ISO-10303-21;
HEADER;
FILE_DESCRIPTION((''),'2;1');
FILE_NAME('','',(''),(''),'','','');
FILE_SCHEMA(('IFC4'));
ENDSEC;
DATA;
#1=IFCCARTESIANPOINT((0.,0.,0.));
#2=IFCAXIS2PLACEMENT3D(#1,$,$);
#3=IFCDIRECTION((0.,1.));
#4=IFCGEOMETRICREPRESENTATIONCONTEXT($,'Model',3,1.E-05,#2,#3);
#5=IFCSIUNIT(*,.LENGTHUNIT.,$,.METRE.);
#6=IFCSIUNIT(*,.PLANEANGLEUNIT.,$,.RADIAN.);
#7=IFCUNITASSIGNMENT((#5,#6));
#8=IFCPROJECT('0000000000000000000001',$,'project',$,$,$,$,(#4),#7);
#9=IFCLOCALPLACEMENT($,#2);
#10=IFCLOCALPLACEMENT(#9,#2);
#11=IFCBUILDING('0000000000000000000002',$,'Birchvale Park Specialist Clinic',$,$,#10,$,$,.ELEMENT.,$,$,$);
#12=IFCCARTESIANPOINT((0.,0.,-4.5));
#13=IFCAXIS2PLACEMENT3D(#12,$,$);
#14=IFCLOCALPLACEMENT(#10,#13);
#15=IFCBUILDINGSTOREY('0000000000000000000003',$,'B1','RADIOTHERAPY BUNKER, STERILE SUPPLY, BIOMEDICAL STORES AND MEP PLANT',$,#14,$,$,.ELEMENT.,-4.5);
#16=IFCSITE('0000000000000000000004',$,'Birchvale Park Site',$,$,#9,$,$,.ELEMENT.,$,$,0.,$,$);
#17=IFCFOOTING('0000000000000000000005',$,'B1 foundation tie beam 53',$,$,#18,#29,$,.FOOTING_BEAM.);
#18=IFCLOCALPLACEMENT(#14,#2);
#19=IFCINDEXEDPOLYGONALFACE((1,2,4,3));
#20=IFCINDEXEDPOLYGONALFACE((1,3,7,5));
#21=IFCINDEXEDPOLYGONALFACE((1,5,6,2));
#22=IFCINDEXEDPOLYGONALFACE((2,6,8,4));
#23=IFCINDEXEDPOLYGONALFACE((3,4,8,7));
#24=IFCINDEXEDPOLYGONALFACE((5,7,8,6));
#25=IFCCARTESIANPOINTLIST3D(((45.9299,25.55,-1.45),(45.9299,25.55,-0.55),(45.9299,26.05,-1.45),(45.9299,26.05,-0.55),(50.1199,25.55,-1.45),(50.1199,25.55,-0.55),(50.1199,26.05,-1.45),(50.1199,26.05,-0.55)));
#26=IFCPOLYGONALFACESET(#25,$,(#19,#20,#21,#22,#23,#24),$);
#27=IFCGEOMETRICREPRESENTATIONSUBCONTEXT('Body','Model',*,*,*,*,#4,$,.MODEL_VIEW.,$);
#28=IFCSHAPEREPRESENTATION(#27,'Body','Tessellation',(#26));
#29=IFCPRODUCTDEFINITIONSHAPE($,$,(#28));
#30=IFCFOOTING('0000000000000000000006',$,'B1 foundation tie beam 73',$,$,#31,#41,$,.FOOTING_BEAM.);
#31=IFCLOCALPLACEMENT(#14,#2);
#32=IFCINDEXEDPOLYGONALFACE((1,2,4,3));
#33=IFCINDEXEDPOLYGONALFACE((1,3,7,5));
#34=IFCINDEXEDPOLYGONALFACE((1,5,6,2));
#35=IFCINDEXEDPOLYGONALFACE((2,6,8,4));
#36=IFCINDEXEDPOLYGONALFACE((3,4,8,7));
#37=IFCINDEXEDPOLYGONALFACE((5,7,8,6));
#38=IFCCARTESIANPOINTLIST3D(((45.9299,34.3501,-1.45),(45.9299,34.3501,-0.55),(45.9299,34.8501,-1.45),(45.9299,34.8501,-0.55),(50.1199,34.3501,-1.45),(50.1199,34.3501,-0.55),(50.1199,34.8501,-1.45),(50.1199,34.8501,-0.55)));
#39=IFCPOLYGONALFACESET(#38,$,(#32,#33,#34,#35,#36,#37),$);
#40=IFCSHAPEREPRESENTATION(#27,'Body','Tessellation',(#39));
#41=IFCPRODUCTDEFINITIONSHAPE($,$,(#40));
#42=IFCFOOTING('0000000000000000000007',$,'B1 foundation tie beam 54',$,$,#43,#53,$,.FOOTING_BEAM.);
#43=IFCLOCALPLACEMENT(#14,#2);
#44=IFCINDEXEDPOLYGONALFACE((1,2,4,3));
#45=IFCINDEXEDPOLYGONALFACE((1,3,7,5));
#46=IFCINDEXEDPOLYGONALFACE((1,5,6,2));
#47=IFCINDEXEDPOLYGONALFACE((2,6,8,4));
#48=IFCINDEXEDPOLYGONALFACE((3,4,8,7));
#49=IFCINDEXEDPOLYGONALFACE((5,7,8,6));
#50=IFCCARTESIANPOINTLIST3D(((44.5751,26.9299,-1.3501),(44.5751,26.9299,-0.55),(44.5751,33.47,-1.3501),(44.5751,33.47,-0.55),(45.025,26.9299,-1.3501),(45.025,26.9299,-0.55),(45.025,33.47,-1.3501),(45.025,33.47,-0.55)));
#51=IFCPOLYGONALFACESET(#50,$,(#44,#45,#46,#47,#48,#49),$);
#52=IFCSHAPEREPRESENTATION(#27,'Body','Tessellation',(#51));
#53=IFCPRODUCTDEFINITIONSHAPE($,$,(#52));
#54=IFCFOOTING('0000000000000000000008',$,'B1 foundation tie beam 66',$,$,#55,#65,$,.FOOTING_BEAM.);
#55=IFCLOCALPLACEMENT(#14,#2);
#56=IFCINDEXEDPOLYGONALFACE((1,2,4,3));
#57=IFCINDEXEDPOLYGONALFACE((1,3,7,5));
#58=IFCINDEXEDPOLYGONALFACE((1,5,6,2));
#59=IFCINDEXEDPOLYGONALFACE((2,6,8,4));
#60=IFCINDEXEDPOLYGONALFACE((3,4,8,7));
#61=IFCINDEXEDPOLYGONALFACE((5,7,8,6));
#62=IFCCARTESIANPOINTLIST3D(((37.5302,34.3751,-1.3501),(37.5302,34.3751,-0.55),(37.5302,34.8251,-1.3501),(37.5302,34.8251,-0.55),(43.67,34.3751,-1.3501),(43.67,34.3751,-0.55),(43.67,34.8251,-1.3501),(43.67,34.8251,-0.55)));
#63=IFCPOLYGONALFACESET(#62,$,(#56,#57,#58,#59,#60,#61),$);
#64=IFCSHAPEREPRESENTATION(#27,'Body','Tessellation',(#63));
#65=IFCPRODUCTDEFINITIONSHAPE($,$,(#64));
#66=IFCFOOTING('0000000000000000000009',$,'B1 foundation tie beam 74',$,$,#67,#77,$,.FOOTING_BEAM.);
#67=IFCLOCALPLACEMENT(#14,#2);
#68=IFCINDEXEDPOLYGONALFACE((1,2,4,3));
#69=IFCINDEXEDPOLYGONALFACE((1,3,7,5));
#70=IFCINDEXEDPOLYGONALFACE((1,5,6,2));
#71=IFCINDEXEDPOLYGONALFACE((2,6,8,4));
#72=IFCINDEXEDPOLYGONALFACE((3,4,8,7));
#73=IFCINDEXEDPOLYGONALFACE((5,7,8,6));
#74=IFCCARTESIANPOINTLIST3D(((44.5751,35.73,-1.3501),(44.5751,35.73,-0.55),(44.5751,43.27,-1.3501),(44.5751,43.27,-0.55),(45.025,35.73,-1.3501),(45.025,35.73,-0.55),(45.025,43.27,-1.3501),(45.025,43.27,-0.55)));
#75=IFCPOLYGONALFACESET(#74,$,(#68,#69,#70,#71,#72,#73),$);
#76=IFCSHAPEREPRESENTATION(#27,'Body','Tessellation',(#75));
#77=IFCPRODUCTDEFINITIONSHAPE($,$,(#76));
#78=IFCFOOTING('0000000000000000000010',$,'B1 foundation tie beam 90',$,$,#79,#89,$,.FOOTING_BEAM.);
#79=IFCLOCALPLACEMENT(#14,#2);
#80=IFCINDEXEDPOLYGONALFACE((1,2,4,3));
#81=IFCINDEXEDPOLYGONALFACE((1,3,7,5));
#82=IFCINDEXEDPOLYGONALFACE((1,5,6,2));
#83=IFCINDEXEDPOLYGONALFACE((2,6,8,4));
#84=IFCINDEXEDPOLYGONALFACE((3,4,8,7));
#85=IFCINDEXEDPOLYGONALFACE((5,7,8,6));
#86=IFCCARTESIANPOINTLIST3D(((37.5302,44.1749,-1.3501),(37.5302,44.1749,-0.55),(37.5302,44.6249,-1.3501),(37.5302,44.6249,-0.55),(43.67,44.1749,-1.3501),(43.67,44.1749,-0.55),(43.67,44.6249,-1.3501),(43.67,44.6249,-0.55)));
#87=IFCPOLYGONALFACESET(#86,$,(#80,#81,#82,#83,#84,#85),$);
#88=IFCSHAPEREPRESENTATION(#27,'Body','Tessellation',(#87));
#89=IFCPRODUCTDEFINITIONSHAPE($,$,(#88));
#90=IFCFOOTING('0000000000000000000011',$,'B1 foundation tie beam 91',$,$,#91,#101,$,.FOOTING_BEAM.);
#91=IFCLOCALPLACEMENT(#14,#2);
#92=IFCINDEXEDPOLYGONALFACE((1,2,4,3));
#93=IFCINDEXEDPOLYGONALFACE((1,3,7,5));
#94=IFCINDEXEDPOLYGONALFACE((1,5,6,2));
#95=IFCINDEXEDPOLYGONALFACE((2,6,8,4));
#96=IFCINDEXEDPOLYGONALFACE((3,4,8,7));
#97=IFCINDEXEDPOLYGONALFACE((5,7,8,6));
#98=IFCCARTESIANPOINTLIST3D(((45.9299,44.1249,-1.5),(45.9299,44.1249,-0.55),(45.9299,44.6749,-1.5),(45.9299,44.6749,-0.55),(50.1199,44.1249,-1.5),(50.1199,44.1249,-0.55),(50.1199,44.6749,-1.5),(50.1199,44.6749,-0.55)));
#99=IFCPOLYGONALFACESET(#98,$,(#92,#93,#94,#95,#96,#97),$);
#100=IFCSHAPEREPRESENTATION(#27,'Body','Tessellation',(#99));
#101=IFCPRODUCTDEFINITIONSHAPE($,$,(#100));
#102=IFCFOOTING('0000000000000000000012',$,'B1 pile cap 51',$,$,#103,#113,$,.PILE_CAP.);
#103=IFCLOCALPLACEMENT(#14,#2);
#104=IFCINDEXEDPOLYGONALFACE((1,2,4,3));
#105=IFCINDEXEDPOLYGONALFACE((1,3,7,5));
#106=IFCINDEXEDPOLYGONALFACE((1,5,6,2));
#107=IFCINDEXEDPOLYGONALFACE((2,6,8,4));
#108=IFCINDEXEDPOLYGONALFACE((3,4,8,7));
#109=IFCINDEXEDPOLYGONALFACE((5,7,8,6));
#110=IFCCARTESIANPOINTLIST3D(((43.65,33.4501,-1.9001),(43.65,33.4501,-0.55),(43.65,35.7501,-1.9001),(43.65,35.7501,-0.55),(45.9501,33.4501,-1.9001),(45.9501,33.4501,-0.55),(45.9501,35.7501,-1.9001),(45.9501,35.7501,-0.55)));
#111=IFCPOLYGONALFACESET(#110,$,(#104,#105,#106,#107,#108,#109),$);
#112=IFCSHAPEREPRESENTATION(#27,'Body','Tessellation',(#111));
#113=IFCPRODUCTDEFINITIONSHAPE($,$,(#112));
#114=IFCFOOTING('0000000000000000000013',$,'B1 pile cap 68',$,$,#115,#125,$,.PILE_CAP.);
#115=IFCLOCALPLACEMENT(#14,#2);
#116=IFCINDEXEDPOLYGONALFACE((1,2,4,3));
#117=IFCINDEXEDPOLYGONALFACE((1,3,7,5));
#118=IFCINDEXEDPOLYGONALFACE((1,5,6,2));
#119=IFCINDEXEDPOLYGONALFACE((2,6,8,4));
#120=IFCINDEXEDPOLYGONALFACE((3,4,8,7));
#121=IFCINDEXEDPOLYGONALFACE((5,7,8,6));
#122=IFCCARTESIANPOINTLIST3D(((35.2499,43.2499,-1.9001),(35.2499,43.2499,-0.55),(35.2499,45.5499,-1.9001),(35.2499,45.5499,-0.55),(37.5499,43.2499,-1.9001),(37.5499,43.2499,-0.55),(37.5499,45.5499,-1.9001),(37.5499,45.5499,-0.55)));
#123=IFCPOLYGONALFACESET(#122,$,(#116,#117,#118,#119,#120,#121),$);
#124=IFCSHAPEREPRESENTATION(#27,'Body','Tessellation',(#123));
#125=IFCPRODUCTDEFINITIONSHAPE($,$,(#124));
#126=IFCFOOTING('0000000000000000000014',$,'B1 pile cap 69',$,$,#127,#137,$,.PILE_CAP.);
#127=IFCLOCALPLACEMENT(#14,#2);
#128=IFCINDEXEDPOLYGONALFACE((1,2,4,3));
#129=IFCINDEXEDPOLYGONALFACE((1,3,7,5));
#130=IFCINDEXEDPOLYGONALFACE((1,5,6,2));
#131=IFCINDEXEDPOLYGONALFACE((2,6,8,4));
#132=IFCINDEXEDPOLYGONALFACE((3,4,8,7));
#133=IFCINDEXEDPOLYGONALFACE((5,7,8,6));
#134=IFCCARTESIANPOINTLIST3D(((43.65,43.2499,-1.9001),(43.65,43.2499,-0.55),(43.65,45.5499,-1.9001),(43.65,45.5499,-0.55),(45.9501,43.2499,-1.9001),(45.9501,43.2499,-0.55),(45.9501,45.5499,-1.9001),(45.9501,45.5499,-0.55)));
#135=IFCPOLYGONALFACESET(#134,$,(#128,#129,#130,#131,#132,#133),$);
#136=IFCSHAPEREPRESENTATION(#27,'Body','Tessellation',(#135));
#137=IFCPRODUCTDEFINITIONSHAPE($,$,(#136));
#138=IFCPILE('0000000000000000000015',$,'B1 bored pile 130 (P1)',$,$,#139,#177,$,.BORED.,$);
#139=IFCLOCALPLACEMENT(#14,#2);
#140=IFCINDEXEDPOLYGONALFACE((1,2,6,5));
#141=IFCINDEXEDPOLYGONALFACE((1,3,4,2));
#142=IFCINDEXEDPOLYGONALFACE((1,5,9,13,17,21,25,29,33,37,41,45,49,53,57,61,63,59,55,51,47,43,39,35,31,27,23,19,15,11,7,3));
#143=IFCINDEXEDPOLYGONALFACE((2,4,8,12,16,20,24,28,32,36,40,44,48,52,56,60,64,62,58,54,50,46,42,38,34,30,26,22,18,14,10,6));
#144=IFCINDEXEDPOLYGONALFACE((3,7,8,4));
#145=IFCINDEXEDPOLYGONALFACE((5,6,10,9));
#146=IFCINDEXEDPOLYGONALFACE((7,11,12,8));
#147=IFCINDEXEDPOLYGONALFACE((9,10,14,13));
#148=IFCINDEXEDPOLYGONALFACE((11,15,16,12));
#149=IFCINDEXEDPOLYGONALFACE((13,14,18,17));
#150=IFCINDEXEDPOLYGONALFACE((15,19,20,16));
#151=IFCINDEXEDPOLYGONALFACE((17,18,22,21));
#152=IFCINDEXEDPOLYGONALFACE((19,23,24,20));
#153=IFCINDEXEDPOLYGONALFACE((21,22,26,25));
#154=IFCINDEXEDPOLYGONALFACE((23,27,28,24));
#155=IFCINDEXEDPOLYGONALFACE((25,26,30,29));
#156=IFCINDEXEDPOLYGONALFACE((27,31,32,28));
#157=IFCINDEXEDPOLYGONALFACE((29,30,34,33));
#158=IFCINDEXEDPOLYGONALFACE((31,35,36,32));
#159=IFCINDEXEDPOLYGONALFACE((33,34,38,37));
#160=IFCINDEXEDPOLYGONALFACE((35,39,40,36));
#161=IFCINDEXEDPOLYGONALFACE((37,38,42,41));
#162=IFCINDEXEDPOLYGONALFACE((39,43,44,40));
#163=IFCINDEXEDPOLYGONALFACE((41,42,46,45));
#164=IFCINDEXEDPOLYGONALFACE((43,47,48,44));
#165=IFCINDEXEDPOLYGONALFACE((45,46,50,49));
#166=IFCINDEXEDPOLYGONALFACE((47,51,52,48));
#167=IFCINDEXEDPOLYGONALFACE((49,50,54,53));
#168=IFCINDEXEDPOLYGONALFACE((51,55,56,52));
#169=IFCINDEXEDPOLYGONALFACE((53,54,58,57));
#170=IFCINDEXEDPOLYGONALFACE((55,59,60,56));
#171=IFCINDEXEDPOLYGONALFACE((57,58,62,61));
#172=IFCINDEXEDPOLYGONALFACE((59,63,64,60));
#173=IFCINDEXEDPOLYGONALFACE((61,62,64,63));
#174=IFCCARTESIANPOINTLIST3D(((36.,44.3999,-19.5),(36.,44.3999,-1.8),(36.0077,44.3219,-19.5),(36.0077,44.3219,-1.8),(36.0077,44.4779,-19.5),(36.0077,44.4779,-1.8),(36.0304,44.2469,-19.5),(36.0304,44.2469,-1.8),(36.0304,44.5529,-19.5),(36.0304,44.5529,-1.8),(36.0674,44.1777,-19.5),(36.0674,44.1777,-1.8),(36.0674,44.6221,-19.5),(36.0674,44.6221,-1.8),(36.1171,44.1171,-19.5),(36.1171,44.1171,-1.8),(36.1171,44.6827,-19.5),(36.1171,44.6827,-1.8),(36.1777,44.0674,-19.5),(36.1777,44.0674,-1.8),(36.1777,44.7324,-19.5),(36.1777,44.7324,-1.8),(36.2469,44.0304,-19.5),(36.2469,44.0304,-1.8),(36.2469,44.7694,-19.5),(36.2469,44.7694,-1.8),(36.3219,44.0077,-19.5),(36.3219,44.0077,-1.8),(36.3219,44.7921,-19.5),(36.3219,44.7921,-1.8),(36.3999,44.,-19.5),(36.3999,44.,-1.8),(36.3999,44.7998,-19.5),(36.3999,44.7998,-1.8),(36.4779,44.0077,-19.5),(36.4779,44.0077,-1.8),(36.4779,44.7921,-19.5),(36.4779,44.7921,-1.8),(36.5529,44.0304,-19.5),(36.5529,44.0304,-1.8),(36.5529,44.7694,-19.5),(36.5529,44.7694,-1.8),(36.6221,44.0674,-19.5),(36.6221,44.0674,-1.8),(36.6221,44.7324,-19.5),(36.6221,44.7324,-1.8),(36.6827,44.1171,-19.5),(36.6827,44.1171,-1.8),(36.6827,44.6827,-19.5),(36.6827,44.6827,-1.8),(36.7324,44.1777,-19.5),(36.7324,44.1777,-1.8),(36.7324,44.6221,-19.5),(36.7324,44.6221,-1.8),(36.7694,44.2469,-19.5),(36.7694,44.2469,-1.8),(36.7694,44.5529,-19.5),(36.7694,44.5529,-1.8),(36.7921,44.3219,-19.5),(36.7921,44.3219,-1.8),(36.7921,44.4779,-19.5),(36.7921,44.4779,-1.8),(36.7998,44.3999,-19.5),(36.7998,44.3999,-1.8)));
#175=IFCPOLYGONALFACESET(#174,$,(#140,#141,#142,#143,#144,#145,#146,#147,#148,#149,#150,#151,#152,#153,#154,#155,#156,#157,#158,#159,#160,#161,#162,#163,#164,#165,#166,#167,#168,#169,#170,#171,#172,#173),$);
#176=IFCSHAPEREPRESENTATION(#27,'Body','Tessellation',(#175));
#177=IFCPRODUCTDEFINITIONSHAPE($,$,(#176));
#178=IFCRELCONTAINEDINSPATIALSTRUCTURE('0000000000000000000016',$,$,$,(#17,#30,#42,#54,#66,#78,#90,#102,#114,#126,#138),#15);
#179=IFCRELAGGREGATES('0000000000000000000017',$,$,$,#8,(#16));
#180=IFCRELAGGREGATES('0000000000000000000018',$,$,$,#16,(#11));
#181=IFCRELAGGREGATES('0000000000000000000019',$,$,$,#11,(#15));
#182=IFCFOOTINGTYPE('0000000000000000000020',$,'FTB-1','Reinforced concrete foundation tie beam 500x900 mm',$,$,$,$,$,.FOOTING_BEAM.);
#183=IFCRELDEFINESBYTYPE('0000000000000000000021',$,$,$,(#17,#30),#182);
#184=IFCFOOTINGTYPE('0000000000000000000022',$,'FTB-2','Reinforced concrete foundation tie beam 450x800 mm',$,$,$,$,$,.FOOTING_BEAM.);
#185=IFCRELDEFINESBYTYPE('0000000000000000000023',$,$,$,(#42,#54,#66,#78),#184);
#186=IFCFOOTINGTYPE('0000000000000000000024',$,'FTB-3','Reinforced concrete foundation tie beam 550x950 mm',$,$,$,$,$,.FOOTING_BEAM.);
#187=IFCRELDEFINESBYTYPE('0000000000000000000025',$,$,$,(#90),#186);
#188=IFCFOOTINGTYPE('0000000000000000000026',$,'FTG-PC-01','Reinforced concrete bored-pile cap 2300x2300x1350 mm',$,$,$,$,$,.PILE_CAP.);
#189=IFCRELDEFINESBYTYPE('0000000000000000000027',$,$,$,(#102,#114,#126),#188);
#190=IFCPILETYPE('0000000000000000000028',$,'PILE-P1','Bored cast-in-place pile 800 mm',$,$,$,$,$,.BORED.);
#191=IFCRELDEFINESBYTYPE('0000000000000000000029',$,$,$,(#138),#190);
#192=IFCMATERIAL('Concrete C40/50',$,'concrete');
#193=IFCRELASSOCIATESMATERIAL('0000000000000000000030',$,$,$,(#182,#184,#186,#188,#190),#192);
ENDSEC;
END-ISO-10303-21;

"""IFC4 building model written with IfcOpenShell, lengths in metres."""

from ifc_helpers import new_model, si_unit, direction, frame, origin, origin_2d, place, context, subcontext, project, spatial, rectangle, circle, extrude, material, material_profile, profile_set, type_object, element, save


model = new_model("IFC4")

# Units and contexts
model_context = context("Model", 3, precision=1e-05, world=origin(), true_north=direction((0.0, 1.0)))
body_context = subcontext(model_context, "Body", "Model", "MODEL_VIEW")
ifc_project = project(units=[si_unit("LENGTHUNIT", "METRE"), si_unit("PLANEANGLEUNIT", "RADIAN")], contexts=[model_context])

# Site, building, storey
site_placement = place(None, origin())
site = spatial("IfcSite", under=ifc_project, at=site_placement, Name="Birchvale Park Site", CompositionType="ELEMENT", RefElevation=0.0)
building_placement = place(site_placement, origin())
building = spatial("IfcBuilding", under=site, at=building_placement, Name="Birchvale Park Specialist Clinic", CompositionType="ELEMENT")
storey_placement = place(building_placement, frame((0.0, 0.0, -4.5)))
storey = spatial("IfcBuildingStorey", under=building, at=storey_placement, Name="B1", Description="RADIOTHERAPY BUNKER, STERILE SUPPLY, BIOMEDICAL STORES AND MEP PLANT", CompositionType="ELEMENT", Elevation=-4.5)

# Footings
ifc_material_1 = material(Name="Concrete C40/50", Category="concrete")
footing_type_1 = type_object("IfcFootingType", Name="FTB-1", Description="Reinforced concrete foundation tie beam 500x900 mm", PredefinedType="FOOTING_BEAM", material=ifc_material_1)
for number, where, z_axis, x_axis, name in (
    (1, (48.0249, 25.8, -1.45), (0.0, 0.0, 1.0), (1.0, 0.0, 0.0), "B1 foundation tie beam 53"),
    (2, (48.0249, 34.6001, -1.45), (0.0, 0.0, 1.0), (1.0, 0.0, 0.0), "B1 foundation tie beam 73"),
):
    element("IfcFooting", number, at=place(storey_placement, frame(where, z_axis=z_axis, x_axis=x_axis)), inside=storey, type_object=footing_type_1, Name=name, PredefinedType="FOOTING_BEAM", context=body_context, shape_type="SweptSolid", body=[
        extrude(rectangle(XDim=4.1899, YDim=0.5, at=origin_2d()), origin(), (0.0, 0.0, 1.0), 0.8999),
    ])
footing_type_2 = type_object("IfcFootingType", Name="FTB-2", Description="Reinforced concrete foundation tie beam 450x800 mm", PredefinedType="FOOTING_BEAM", material=ifc_material_1)
footing_1_placement = place(storey_placement, frame((44.8, 30.2, -1.3501), z_axis=(0.0, 0.0, 1.0), x_axis=(1.0, 0.0, 0.0)))
element("IfcFooting", 3, at=footing_1_placement, inside=storey, type_object=footing_type_2, Name="B1 foundation tie beam 54", PredefinedType="FOOTING_BEAM", context=body_context, shape_type="SweptSolid", body=[
    extrude(rectangle(XDim=0.45, YDim=6.54, at=origin_2d()), origin(), (0.0, 0.0, 1.0), 0.8),
])
footing_2_placement = place(storey_placement, frame((40.6001, 34.6001, -1.3501), z_axis=(0.0, 0.0, 1.0), x_axis=(1.0, 0.0, 0.0)))
element("IfcFooting", 4, at=footing_2_placement, inside=storey, type_object=footing_type_2, Name="B1 foundation tie beam 66", PredefinedType="FOOTING_BEAM", context=body_context, shape_type="SweptSolid", body=[
    extrude(rectangle(XDim=6.1399, YDim=0.45, at=origin_2d()), origin(), (0.0, 0.0, 1.0), 0.8),
])
footing_3_placement = place(storey_placement, frame((44.8, 39.5, -1.3501), z_axis=(0.0, 0.0, 1.0), x_axis=(1.0, 0.0, 0.0)))
element("IfcFooting", 5, at=footing_3_placement, inside=storey, type_object=footing_type_2, Name="B1 foundation tie beam 74", PredefinedType="FOOTING_BEAM", context=body_context, shape_type="SweptSolid", body=[
    extrude(rectangle(XDim=0.45, YDim=7.54, at=origin_2d()), origin(), (0.0, 0.0, 1.0), 0.8),
])
footing_4_placement = place(storey_placement, frame((40.6001, 44.3999, -1.3501), z_axis=(0.0, 0.0, 1.0), x_axis=(1.0, 0.0, 0.0)))
element("IfcFooting", 6, at=footing_4_placement, inside=storey, type_object=footing_type_2, Name="B1 foundation tie beam 90", PredefinedType="FOOTING_BEAM", context=body_context, shape_type="SweptSolid", body=[
    extrude(rectangle(XDim=6.1399, YDim=0.45, at=origin_2d()), origin(), (0.0, 0.0, 1.0), 0.8),
])
footing_type_3 = type_object("IfcFootingType", Name="FTB-3", Description="Reinforced concrete foundation tie beam 550x950 mm", PredefinedType="FOOTING_BEAM", material=ifc_material_1)
footing_5_placement = place(storey_placement, frame((48.0249, 44.3999, -1.5), z_axis=(0.0, 0.0, 1.0), x_axis=(1.0, 0.0, 0.0)))
element("IfcFooting", 7, at=footing_5_placement, inside=storey, type_object=footing_type_3, Name="B1 foundation tie beam 91", PredefinedType="FOOTING_BEAM", context=body_context, shape_type="SweptSolid", body=[
    extrude(rectangle(XDim=4.1899, YDim=0.55, at=origin_2d()), origin(), (0.0, 0.0, 1.0), 0.95),
])
footing_type_4 = type_object("IfcFootingType", Name="FTG-PC-01", Description="Reinforced concrete bored-pile cap 2300x2300x1350 mm", PredefinedType="PILE_CAP", material=ifc_material_1)
for number, where, z_axis, x_axis, name in (
    (8, (44.8, 34.6001, -1.9001), (0.0, 0.0, 1.0), (1.0, 0.0, 0.0), "B1 pile cap 51"),
    (9, (36.3999, 44.3999, -1.9001), (0.0, 0.0, 1.0), (1.0, 0.0, 0.0), "B1 pile cap 68"),
    (10, (44.8, 44.3999, -1.9001), (0.0, 0.0, 1.0), (1.0, 0.0, 0.0), "B1 pile cap 69"),
):
    element("IfcFooting", number, at=place(storey_placement, frame(where, z_axis=z_axis, x_axis=x_axis)), inside=storey, type_object=footing_type_4, Name=name, PredefinedType="PILE_CAP", context=body_context, shape_type="SweptSolid", body=[
        extrude(rectangle(XDim=2.3, YDim=2.3, at=origin_2d()), origin(), (0.0, 0.0, 1.0), 1.3501),
    ])

# Pile
ifc_material_profile_1 = material_profile(ifc_material_1, circle(Radius=0.3999, at=origin_2d()), Name="PILE-800")
ifc_profile_set_1 = profile_set([ifc_material_profile_1], Name="Concrete C40/50")
pile_type_1 = type_object("IfcPileType", Name="PILE-P1", Description="Bored cast-in-place pile 800 mm", PredefinedType="BORED", material=ifc_profile_set_1)
pile_placement = place(storey_placement, frame((36.3999, 44.3999, -1.8), z_axis=(0.0, 0.0, -1.0), x_axis=(1.0, 0.0, 0.0)))
element("IfcPile", 11, at=pile_placement, inside=storey, type_object=pile_type_1, Name="B1 bored pile 130 (P1)", PredefinedType="BORED", context=body_context, shape_type="SweptSolid", body=[
    extrude(circle(Radius=0.3999, at=origin_2d()), origin(), (0.0, 0.0, 1.0), 17.7),
])

save(model, "model.ifc")
